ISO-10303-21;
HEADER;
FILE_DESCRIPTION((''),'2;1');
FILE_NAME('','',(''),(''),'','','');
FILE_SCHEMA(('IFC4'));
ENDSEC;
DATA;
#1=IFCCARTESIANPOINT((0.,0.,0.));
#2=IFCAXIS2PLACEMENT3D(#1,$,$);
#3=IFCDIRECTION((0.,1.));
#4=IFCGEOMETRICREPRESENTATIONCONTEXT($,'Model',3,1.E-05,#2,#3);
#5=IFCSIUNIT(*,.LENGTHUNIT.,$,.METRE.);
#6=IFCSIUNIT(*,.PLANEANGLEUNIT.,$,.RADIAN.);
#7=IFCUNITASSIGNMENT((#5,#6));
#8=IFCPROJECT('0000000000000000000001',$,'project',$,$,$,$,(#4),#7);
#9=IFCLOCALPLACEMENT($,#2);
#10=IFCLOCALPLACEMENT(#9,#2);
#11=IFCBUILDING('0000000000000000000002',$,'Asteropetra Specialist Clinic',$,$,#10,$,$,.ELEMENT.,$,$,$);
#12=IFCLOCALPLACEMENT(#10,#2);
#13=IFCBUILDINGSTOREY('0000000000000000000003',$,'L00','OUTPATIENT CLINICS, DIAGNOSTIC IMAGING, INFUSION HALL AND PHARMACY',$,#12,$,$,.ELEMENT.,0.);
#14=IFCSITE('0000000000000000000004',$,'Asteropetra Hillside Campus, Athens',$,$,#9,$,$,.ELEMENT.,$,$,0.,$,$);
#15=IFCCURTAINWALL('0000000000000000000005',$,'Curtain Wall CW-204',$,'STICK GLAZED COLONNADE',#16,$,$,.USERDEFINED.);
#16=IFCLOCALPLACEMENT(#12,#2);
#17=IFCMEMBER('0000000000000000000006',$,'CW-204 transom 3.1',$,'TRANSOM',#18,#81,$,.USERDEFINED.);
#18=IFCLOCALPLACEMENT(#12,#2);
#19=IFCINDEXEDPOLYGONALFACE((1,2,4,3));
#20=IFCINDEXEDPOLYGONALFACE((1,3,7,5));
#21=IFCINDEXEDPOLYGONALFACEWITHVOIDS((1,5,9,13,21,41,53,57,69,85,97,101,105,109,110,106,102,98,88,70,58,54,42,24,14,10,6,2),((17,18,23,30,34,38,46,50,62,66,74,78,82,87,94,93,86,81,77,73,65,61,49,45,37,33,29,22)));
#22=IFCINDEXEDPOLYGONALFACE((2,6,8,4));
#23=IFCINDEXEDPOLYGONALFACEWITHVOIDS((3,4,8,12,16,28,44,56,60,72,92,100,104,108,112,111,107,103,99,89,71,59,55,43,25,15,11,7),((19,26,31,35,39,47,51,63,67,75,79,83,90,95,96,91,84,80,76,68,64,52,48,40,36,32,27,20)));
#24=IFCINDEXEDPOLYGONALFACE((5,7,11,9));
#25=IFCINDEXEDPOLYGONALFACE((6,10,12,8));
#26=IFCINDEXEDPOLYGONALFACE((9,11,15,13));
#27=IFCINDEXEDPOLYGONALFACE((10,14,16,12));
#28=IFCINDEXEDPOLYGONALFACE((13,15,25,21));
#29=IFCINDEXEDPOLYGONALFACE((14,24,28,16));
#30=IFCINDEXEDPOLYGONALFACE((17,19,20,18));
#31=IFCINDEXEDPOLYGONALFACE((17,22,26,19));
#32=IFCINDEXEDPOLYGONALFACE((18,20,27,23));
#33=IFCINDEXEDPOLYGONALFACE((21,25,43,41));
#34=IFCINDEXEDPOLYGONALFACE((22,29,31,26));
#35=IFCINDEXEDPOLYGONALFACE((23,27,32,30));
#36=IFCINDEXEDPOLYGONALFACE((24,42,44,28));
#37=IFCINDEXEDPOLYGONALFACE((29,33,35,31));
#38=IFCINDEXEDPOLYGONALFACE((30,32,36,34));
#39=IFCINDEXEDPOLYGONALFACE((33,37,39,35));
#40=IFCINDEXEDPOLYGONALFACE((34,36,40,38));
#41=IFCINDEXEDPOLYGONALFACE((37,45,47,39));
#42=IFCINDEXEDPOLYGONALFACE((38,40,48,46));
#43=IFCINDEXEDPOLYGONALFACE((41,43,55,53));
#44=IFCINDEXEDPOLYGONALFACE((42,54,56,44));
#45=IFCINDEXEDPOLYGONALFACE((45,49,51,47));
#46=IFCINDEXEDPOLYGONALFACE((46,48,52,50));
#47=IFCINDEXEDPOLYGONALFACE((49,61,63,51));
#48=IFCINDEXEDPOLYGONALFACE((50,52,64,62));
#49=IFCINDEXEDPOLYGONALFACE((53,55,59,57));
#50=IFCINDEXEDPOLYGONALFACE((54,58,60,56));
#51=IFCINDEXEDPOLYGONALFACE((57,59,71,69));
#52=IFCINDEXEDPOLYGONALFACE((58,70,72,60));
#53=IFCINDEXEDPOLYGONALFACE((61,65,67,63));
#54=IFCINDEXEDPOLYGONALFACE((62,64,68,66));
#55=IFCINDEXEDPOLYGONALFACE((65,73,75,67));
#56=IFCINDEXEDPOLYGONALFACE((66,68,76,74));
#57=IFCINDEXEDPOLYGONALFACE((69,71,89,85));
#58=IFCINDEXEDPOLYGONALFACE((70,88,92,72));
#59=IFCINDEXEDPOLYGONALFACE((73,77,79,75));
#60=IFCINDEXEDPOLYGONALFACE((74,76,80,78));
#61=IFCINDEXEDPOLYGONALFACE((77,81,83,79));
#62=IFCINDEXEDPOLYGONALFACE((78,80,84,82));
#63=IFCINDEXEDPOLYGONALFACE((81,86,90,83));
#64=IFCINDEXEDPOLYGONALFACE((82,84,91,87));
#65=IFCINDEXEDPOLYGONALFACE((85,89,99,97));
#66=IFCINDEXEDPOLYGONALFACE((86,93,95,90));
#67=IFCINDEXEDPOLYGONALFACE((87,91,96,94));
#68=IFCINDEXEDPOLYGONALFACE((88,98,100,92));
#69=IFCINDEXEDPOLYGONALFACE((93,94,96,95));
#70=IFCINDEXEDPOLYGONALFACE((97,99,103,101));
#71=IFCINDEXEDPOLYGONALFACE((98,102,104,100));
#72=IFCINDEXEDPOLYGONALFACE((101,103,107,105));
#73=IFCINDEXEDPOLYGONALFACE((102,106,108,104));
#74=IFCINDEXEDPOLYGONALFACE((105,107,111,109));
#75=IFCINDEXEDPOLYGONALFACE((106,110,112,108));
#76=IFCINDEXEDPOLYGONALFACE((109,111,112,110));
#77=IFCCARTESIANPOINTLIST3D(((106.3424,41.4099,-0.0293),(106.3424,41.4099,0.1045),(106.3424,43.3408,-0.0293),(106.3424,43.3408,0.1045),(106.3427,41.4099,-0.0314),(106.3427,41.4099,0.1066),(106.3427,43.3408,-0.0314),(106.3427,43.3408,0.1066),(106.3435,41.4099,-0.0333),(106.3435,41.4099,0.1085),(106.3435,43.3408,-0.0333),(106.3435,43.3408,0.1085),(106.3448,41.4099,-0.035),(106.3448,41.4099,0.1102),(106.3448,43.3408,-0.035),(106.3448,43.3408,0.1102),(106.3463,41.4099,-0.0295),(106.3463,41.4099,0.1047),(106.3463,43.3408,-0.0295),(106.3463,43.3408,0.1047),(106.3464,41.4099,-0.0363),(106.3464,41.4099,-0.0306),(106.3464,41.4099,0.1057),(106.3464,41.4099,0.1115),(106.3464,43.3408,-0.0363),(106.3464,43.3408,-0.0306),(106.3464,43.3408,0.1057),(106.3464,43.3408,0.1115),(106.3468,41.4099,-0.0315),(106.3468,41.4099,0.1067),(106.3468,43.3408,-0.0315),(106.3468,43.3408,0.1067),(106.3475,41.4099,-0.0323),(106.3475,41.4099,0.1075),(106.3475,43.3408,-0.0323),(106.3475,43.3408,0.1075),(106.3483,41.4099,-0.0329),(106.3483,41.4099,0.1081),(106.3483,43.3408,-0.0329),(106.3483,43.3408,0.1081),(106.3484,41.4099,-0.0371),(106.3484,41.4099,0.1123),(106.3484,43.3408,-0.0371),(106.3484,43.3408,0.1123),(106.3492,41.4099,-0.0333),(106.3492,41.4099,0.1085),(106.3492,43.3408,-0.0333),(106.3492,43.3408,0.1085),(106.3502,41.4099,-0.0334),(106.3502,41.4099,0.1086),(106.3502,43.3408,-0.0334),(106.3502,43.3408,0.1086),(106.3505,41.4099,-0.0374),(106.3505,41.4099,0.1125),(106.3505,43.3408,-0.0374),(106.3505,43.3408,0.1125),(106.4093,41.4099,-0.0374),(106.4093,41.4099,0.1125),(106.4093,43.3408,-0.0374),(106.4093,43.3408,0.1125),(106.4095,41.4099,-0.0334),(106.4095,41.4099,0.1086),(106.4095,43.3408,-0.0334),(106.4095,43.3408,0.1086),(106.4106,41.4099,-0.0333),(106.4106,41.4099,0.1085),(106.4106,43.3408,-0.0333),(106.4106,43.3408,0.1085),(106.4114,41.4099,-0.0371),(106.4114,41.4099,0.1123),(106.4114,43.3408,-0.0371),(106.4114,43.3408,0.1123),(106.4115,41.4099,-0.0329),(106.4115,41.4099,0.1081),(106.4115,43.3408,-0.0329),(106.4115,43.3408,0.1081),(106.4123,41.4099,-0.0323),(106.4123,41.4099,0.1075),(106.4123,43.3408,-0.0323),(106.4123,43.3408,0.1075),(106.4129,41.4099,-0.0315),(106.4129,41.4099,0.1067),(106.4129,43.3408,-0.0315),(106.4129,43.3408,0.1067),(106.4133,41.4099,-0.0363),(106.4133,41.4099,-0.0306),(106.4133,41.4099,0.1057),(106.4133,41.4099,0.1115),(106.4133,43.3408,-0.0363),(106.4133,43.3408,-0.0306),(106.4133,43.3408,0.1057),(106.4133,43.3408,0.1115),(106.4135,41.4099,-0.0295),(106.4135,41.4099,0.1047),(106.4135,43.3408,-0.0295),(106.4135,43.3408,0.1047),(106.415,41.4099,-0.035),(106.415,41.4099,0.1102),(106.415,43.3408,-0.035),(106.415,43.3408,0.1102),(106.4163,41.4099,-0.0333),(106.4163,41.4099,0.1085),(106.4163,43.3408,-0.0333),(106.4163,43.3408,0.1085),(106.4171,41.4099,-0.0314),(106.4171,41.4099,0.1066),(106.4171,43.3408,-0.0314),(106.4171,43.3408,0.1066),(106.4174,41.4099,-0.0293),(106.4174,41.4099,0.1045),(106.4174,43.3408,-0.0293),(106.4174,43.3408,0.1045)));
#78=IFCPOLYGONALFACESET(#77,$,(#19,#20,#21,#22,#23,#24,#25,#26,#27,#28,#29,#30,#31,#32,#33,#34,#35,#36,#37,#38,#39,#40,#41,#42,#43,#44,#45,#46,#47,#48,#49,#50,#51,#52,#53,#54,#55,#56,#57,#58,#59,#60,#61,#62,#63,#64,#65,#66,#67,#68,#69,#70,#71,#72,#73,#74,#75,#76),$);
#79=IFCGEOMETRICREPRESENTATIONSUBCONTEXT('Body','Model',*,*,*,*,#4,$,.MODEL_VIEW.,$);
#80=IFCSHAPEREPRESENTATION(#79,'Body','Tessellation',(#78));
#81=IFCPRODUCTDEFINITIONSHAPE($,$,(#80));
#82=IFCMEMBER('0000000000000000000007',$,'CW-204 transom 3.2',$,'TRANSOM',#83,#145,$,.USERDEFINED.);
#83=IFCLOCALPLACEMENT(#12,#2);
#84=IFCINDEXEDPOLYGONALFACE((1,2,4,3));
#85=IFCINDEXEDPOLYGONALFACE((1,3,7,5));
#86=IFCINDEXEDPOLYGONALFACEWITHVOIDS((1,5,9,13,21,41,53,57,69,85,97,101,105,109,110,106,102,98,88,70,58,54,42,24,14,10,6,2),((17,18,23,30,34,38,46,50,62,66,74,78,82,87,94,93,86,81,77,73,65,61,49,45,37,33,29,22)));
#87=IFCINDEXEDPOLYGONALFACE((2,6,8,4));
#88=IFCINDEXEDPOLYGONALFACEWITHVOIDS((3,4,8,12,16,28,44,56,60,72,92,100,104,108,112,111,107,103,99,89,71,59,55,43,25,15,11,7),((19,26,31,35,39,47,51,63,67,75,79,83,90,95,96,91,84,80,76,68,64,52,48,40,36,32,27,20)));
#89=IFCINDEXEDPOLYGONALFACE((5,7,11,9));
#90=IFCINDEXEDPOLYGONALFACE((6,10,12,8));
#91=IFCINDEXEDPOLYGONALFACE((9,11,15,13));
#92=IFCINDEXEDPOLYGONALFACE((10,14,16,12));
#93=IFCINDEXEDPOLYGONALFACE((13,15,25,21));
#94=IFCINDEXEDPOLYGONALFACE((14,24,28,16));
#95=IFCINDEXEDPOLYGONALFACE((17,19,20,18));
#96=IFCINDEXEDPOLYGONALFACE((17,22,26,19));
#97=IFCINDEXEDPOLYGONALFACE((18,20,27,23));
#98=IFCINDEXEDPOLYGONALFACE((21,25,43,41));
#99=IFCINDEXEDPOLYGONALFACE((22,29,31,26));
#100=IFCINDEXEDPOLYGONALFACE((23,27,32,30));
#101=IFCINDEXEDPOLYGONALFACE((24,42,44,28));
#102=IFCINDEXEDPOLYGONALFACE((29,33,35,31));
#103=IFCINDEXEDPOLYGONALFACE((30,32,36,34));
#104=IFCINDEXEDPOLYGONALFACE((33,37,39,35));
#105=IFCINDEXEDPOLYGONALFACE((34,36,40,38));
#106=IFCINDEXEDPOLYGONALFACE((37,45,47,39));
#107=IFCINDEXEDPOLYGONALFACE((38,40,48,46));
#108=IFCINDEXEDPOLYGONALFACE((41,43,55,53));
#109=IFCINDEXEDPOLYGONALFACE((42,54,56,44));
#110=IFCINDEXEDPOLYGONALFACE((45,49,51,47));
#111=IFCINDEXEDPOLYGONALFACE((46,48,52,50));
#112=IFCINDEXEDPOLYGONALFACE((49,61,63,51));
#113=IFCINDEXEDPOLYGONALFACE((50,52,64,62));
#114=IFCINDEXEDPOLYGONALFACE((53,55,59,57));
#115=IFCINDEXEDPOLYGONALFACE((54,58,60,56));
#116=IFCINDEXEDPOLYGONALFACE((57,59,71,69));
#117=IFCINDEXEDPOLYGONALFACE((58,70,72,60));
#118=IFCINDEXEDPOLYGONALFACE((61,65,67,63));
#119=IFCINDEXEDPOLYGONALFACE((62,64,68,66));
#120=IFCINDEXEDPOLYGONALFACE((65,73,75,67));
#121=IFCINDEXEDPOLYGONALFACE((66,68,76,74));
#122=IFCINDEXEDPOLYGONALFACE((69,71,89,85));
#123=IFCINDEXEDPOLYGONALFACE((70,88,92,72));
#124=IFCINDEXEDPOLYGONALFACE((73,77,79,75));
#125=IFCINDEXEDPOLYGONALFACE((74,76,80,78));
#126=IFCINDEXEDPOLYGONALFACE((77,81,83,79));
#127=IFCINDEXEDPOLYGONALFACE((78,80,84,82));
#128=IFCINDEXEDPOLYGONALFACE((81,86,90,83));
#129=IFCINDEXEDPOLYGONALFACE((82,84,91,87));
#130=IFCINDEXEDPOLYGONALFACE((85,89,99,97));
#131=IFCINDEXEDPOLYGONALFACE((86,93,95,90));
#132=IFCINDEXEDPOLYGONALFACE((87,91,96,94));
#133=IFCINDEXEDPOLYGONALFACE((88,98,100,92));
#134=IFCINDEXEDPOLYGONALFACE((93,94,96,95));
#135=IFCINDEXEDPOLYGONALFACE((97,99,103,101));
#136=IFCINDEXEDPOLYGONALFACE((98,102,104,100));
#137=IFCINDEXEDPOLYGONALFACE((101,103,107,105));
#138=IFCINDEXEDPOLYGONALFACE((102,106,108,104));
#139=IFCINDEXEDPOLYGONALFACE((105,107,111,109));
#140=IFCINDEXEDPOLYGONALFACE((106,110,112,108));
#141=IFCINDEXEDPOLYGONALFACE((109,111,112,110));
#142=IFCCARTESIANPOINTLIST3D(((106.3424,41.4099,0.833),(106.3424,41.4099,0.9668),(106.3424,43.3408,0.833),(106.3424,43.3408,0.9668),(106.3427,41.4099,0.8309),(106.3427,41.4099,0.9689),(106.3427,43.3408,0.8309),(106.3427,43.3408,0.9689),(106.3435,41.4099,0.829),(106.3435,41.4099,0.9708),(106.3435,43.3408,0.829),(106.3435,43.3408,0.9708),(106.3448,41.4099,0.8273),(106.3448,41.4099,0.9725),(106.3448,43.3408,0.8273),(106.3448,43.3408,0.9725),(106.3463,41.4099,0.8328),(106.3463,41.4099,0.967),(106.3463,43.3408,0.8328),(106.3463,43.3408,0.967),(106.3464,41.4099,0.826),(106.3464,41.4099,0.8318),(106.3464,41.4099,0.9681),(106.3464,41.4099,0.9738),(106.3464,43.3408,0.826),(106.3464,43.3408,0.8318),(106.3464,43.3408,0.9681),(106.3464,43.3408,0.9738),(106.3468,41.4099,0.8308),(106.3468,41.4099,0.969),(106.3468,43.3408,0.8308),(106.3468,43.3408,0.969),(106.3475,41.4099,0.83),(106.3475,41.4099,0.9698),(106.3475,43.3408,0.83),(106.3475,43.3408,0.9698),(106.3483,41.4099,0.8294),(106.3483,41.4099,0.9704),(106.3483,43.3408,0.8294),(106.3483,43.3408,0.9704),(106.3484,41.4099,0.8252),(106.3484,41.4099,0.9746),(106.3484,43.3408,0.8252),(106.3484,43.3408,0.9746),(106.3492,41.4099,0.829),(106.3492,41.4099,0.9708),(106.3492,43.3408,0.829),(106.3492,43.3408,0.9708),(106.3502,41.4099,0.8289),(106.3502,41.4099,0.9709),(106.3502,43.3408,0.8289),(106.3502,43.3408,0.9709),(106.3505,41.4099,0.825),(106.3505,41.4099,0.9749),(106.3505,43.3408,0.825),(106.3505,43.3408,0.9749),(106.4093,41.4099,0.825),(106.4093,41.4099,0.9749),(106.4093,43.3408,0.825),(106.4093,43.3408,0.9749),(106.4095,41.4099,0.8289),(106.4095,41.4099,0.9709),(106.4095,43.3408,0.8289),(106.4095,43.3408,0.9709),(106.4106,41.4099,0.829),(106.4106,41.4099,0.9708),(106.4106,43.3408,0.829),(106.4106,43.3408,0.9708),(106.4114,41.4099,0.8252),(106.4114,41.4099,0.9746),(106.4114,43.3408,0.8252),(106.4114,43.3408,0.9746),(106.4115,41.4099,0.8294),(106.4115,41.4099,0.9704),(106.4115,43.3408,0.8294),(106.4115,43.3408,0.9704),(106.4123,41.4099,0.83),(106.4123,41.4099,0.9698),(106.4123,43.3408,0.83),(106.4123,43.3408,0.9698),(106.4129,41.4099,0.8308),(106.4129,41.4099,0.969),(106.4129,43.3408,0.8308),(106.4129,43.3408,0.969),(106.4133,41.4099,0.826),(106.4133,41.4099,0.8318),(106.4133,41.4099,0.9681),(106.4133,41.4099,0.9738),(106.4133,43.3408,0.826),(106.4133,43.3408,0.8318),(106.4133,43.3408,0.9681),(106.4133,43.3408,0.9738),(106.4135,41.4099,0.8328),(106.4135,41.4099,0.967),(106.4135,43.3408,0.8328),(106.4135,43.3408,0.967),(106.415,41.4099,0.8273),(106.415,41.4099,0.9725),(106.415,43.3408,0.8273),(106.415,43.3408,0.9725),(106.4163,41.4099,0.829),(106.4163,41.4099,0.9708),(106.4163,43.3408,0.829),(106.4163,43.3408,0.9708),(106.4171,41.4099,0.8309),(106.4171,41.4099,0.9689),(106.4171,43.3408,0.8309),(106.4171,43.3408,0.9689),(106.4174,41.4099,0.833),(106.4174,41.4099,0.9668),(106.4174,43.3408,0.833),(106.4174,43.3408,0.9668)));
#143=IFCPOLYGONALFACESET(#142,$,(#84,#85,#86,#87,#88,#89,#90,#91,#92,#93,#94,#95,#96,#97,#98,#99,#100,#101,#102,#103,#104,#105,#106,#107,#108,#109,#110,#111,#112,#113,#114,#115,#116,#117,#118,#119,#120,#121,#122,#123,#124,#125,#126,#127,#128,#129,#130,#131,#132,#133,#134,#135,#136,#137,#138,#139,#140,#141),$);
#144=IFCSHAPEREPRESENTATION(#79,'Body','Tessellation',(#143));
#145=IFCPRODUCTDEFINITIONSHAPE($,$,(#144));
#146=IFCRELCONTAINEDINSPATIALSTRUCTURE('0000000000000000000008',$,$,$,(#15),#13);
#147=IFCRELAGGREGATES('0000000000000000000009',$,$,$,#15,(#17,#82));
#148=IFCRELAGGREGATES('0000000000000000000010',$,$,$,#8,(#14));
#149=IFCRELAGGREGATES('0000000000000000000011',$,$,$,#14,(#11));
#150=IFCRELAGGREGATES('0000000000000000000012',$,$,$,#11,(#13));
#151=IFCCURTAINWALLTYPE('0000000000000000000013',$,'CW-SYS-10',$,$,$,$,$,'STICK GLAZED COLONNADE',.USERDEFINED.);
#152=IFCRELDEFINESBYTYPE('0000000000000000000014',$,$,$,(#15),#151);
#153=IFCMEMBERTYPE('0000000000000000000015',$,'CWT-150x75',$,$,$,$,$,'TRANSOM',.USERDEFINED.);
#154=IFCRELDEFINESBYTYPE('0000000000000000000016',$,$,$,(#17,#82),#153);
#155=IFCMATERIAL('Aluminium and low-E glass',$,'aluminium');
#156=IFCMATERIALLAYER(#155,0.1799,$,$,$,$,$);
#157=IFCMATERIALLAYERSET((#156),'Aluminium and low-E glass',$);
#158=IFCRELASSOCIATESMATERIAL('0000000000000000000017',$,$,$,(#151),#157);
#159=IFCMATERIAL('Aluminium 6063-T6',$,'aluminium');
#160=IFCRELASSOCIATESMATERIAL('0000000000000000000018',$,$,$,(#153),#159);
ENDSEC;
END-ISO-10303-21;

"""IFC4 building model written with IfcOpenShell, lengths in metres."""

from ifc_helpers import new_model, si_unit, direction, frame, origin, origin_2d, place, context, subcontext, project, spatial, hollow_rectangle, extrude, material, layer, layer_set, material_profile, profile_set, type_object, element, aggregate, save


model = new_model("IFC4")

# Units and contexts
model_context = context("Model", 3, precision=1e-05, world=origin(), true_north=direction((0.0, 1.0)))
body_context = subcontext(model_context, "Body", "Model", "MODEL_VIEW")
ifc_project = project(units=[si_unit("LENGTHUNIT", "METRE"), si_unit("PLANEANGLEUNIT", "RADIAN")], contexts=[model_context])

# Site, building, storey
site_placement = place(None, origin())
site = spatial("IfcSite", under=ifc_project, at=site_placement, Name="Asteropetra Hillside Campus, Athens", CompositionType="ELEMENT", RefElevation=0.0)
building_placement = place(site_placement, origin())
building = spatial("IfcBuilding", under=site, at=building_placement, Name="Asteropetra Specialist Clinic", CompositionType="ELEMENT")
storey_placement = place(building_placement, origin())
storey = spatial("IfcBuildingStorey", under=building, at=storey_placement, Name="L00", Description="OUTPATIENT CLINICS, DIAGNOSTIC IMAGING, INFUSION HALL AND PHARMACY", CompositionType="ELEMENT", Elevation=0.0)

# Curtain wall
ifc_material_1 = material(Name="Aluminium and low-E glass", Category="aluminium")
ifc_layer_1 = layer(ifc_material_1, 0.1799)
ifc_layer_set_1 = layer_set([ifc_layer_1], Name="Aluminium and low-E glass")
curtain_wall_type_1 = type_object("IfcCurtainWallType", Name="CW-SYS-10", ElementType="STICK GLAZED COLONNADE", PredefinedType="USERDEFINED", material=ifc_layer_set_1)
curtain_wall_1_placement = place(storey_placement, origin())
curtain_wall_1 = element("IfcCurtainWall", 1, at=curtain_wall_1_placement, inside=storey, type_object=curtain_wall_type_1, Name="Curtain Wall CW-204", ObjectType="STICK GLAZED COLONNADE", PredefinedType="USERDEFINED")

# Members
ifc_material_2 = material(Name="Aluminium 6063-T6", Category="aluminium")
ifc_material_profile_1 = material_profile(ifc_material_2, hollow_rectangle(XDim=0.075, YDim=0.1499, WallThickness=0.0039, InnerFilletRadius=0.0039, OuterFilletRadius=0.0081, at=origin_2d()), Name="TRN 150x75x4.0")
ifc_profile_set_1 = profile_set([ifc_material_profile_1], Name="Aluminium 6063-T6")
member_type_1 = type_object("IfcMemberType", Name="CWT-150x75", ElementType="TRANSOM", PredefinedType="USERDEFINED", material=ifc_profile_set_1)
member_1_placement = place(storey_placement, frame((106.3799, 43.3408, 0.0376), z_axis=(0.0, -1.0, 0.0), x_axis=(1.0, 0.0, 0.0)))
member_1 = element("IfcMember", 2, at=member_1_placement, type_object=member_type_1, Name="CW-204 transom 3.1", ObjectType="TRANSOM", PredefinedType="USERDEFINED", context=body_context, shape_type="SweptSolid", body=[
    extrude(hollow_rectangle(XDim=0.075, YDim=0.1499, WallThickness=0.0039, InnerFilletRadius=0.0039, OuterFilletRadius=0.0081, at=origin_2d()), origin(), (0.0, 0.0, 1.0), 1.9309),
])
member_2_placement = place(storey_placement, frame((106.3799, 43.3408, 0.8999), z_axis=(0.0, -1.0, 0.0), x_axis=(1.0, 0.0, 0.0)))
member_2 = element("IfcMember", 3, at=member_2_placement, type_object=member_type_1, Name="CW-204 transom 3.2", ObjectType="TRANSOM", PredefinedType="USERDEFINED", context=body_context, shape_type="SweptSolid", body=[
    extrude(hollow_rectangle(XDim=0.075, YDim=0.1499, WallThickness=0.0039, InnerFilletRadius=0.0039, OuterFilletRadius=0.0081, at=origin_2d()), origin(), (0.0, 0.0, 1.0), 1.9309),
])

aggregate(curtain_wall_1, [member_1, member_2])

save(model, "model.ifc")
